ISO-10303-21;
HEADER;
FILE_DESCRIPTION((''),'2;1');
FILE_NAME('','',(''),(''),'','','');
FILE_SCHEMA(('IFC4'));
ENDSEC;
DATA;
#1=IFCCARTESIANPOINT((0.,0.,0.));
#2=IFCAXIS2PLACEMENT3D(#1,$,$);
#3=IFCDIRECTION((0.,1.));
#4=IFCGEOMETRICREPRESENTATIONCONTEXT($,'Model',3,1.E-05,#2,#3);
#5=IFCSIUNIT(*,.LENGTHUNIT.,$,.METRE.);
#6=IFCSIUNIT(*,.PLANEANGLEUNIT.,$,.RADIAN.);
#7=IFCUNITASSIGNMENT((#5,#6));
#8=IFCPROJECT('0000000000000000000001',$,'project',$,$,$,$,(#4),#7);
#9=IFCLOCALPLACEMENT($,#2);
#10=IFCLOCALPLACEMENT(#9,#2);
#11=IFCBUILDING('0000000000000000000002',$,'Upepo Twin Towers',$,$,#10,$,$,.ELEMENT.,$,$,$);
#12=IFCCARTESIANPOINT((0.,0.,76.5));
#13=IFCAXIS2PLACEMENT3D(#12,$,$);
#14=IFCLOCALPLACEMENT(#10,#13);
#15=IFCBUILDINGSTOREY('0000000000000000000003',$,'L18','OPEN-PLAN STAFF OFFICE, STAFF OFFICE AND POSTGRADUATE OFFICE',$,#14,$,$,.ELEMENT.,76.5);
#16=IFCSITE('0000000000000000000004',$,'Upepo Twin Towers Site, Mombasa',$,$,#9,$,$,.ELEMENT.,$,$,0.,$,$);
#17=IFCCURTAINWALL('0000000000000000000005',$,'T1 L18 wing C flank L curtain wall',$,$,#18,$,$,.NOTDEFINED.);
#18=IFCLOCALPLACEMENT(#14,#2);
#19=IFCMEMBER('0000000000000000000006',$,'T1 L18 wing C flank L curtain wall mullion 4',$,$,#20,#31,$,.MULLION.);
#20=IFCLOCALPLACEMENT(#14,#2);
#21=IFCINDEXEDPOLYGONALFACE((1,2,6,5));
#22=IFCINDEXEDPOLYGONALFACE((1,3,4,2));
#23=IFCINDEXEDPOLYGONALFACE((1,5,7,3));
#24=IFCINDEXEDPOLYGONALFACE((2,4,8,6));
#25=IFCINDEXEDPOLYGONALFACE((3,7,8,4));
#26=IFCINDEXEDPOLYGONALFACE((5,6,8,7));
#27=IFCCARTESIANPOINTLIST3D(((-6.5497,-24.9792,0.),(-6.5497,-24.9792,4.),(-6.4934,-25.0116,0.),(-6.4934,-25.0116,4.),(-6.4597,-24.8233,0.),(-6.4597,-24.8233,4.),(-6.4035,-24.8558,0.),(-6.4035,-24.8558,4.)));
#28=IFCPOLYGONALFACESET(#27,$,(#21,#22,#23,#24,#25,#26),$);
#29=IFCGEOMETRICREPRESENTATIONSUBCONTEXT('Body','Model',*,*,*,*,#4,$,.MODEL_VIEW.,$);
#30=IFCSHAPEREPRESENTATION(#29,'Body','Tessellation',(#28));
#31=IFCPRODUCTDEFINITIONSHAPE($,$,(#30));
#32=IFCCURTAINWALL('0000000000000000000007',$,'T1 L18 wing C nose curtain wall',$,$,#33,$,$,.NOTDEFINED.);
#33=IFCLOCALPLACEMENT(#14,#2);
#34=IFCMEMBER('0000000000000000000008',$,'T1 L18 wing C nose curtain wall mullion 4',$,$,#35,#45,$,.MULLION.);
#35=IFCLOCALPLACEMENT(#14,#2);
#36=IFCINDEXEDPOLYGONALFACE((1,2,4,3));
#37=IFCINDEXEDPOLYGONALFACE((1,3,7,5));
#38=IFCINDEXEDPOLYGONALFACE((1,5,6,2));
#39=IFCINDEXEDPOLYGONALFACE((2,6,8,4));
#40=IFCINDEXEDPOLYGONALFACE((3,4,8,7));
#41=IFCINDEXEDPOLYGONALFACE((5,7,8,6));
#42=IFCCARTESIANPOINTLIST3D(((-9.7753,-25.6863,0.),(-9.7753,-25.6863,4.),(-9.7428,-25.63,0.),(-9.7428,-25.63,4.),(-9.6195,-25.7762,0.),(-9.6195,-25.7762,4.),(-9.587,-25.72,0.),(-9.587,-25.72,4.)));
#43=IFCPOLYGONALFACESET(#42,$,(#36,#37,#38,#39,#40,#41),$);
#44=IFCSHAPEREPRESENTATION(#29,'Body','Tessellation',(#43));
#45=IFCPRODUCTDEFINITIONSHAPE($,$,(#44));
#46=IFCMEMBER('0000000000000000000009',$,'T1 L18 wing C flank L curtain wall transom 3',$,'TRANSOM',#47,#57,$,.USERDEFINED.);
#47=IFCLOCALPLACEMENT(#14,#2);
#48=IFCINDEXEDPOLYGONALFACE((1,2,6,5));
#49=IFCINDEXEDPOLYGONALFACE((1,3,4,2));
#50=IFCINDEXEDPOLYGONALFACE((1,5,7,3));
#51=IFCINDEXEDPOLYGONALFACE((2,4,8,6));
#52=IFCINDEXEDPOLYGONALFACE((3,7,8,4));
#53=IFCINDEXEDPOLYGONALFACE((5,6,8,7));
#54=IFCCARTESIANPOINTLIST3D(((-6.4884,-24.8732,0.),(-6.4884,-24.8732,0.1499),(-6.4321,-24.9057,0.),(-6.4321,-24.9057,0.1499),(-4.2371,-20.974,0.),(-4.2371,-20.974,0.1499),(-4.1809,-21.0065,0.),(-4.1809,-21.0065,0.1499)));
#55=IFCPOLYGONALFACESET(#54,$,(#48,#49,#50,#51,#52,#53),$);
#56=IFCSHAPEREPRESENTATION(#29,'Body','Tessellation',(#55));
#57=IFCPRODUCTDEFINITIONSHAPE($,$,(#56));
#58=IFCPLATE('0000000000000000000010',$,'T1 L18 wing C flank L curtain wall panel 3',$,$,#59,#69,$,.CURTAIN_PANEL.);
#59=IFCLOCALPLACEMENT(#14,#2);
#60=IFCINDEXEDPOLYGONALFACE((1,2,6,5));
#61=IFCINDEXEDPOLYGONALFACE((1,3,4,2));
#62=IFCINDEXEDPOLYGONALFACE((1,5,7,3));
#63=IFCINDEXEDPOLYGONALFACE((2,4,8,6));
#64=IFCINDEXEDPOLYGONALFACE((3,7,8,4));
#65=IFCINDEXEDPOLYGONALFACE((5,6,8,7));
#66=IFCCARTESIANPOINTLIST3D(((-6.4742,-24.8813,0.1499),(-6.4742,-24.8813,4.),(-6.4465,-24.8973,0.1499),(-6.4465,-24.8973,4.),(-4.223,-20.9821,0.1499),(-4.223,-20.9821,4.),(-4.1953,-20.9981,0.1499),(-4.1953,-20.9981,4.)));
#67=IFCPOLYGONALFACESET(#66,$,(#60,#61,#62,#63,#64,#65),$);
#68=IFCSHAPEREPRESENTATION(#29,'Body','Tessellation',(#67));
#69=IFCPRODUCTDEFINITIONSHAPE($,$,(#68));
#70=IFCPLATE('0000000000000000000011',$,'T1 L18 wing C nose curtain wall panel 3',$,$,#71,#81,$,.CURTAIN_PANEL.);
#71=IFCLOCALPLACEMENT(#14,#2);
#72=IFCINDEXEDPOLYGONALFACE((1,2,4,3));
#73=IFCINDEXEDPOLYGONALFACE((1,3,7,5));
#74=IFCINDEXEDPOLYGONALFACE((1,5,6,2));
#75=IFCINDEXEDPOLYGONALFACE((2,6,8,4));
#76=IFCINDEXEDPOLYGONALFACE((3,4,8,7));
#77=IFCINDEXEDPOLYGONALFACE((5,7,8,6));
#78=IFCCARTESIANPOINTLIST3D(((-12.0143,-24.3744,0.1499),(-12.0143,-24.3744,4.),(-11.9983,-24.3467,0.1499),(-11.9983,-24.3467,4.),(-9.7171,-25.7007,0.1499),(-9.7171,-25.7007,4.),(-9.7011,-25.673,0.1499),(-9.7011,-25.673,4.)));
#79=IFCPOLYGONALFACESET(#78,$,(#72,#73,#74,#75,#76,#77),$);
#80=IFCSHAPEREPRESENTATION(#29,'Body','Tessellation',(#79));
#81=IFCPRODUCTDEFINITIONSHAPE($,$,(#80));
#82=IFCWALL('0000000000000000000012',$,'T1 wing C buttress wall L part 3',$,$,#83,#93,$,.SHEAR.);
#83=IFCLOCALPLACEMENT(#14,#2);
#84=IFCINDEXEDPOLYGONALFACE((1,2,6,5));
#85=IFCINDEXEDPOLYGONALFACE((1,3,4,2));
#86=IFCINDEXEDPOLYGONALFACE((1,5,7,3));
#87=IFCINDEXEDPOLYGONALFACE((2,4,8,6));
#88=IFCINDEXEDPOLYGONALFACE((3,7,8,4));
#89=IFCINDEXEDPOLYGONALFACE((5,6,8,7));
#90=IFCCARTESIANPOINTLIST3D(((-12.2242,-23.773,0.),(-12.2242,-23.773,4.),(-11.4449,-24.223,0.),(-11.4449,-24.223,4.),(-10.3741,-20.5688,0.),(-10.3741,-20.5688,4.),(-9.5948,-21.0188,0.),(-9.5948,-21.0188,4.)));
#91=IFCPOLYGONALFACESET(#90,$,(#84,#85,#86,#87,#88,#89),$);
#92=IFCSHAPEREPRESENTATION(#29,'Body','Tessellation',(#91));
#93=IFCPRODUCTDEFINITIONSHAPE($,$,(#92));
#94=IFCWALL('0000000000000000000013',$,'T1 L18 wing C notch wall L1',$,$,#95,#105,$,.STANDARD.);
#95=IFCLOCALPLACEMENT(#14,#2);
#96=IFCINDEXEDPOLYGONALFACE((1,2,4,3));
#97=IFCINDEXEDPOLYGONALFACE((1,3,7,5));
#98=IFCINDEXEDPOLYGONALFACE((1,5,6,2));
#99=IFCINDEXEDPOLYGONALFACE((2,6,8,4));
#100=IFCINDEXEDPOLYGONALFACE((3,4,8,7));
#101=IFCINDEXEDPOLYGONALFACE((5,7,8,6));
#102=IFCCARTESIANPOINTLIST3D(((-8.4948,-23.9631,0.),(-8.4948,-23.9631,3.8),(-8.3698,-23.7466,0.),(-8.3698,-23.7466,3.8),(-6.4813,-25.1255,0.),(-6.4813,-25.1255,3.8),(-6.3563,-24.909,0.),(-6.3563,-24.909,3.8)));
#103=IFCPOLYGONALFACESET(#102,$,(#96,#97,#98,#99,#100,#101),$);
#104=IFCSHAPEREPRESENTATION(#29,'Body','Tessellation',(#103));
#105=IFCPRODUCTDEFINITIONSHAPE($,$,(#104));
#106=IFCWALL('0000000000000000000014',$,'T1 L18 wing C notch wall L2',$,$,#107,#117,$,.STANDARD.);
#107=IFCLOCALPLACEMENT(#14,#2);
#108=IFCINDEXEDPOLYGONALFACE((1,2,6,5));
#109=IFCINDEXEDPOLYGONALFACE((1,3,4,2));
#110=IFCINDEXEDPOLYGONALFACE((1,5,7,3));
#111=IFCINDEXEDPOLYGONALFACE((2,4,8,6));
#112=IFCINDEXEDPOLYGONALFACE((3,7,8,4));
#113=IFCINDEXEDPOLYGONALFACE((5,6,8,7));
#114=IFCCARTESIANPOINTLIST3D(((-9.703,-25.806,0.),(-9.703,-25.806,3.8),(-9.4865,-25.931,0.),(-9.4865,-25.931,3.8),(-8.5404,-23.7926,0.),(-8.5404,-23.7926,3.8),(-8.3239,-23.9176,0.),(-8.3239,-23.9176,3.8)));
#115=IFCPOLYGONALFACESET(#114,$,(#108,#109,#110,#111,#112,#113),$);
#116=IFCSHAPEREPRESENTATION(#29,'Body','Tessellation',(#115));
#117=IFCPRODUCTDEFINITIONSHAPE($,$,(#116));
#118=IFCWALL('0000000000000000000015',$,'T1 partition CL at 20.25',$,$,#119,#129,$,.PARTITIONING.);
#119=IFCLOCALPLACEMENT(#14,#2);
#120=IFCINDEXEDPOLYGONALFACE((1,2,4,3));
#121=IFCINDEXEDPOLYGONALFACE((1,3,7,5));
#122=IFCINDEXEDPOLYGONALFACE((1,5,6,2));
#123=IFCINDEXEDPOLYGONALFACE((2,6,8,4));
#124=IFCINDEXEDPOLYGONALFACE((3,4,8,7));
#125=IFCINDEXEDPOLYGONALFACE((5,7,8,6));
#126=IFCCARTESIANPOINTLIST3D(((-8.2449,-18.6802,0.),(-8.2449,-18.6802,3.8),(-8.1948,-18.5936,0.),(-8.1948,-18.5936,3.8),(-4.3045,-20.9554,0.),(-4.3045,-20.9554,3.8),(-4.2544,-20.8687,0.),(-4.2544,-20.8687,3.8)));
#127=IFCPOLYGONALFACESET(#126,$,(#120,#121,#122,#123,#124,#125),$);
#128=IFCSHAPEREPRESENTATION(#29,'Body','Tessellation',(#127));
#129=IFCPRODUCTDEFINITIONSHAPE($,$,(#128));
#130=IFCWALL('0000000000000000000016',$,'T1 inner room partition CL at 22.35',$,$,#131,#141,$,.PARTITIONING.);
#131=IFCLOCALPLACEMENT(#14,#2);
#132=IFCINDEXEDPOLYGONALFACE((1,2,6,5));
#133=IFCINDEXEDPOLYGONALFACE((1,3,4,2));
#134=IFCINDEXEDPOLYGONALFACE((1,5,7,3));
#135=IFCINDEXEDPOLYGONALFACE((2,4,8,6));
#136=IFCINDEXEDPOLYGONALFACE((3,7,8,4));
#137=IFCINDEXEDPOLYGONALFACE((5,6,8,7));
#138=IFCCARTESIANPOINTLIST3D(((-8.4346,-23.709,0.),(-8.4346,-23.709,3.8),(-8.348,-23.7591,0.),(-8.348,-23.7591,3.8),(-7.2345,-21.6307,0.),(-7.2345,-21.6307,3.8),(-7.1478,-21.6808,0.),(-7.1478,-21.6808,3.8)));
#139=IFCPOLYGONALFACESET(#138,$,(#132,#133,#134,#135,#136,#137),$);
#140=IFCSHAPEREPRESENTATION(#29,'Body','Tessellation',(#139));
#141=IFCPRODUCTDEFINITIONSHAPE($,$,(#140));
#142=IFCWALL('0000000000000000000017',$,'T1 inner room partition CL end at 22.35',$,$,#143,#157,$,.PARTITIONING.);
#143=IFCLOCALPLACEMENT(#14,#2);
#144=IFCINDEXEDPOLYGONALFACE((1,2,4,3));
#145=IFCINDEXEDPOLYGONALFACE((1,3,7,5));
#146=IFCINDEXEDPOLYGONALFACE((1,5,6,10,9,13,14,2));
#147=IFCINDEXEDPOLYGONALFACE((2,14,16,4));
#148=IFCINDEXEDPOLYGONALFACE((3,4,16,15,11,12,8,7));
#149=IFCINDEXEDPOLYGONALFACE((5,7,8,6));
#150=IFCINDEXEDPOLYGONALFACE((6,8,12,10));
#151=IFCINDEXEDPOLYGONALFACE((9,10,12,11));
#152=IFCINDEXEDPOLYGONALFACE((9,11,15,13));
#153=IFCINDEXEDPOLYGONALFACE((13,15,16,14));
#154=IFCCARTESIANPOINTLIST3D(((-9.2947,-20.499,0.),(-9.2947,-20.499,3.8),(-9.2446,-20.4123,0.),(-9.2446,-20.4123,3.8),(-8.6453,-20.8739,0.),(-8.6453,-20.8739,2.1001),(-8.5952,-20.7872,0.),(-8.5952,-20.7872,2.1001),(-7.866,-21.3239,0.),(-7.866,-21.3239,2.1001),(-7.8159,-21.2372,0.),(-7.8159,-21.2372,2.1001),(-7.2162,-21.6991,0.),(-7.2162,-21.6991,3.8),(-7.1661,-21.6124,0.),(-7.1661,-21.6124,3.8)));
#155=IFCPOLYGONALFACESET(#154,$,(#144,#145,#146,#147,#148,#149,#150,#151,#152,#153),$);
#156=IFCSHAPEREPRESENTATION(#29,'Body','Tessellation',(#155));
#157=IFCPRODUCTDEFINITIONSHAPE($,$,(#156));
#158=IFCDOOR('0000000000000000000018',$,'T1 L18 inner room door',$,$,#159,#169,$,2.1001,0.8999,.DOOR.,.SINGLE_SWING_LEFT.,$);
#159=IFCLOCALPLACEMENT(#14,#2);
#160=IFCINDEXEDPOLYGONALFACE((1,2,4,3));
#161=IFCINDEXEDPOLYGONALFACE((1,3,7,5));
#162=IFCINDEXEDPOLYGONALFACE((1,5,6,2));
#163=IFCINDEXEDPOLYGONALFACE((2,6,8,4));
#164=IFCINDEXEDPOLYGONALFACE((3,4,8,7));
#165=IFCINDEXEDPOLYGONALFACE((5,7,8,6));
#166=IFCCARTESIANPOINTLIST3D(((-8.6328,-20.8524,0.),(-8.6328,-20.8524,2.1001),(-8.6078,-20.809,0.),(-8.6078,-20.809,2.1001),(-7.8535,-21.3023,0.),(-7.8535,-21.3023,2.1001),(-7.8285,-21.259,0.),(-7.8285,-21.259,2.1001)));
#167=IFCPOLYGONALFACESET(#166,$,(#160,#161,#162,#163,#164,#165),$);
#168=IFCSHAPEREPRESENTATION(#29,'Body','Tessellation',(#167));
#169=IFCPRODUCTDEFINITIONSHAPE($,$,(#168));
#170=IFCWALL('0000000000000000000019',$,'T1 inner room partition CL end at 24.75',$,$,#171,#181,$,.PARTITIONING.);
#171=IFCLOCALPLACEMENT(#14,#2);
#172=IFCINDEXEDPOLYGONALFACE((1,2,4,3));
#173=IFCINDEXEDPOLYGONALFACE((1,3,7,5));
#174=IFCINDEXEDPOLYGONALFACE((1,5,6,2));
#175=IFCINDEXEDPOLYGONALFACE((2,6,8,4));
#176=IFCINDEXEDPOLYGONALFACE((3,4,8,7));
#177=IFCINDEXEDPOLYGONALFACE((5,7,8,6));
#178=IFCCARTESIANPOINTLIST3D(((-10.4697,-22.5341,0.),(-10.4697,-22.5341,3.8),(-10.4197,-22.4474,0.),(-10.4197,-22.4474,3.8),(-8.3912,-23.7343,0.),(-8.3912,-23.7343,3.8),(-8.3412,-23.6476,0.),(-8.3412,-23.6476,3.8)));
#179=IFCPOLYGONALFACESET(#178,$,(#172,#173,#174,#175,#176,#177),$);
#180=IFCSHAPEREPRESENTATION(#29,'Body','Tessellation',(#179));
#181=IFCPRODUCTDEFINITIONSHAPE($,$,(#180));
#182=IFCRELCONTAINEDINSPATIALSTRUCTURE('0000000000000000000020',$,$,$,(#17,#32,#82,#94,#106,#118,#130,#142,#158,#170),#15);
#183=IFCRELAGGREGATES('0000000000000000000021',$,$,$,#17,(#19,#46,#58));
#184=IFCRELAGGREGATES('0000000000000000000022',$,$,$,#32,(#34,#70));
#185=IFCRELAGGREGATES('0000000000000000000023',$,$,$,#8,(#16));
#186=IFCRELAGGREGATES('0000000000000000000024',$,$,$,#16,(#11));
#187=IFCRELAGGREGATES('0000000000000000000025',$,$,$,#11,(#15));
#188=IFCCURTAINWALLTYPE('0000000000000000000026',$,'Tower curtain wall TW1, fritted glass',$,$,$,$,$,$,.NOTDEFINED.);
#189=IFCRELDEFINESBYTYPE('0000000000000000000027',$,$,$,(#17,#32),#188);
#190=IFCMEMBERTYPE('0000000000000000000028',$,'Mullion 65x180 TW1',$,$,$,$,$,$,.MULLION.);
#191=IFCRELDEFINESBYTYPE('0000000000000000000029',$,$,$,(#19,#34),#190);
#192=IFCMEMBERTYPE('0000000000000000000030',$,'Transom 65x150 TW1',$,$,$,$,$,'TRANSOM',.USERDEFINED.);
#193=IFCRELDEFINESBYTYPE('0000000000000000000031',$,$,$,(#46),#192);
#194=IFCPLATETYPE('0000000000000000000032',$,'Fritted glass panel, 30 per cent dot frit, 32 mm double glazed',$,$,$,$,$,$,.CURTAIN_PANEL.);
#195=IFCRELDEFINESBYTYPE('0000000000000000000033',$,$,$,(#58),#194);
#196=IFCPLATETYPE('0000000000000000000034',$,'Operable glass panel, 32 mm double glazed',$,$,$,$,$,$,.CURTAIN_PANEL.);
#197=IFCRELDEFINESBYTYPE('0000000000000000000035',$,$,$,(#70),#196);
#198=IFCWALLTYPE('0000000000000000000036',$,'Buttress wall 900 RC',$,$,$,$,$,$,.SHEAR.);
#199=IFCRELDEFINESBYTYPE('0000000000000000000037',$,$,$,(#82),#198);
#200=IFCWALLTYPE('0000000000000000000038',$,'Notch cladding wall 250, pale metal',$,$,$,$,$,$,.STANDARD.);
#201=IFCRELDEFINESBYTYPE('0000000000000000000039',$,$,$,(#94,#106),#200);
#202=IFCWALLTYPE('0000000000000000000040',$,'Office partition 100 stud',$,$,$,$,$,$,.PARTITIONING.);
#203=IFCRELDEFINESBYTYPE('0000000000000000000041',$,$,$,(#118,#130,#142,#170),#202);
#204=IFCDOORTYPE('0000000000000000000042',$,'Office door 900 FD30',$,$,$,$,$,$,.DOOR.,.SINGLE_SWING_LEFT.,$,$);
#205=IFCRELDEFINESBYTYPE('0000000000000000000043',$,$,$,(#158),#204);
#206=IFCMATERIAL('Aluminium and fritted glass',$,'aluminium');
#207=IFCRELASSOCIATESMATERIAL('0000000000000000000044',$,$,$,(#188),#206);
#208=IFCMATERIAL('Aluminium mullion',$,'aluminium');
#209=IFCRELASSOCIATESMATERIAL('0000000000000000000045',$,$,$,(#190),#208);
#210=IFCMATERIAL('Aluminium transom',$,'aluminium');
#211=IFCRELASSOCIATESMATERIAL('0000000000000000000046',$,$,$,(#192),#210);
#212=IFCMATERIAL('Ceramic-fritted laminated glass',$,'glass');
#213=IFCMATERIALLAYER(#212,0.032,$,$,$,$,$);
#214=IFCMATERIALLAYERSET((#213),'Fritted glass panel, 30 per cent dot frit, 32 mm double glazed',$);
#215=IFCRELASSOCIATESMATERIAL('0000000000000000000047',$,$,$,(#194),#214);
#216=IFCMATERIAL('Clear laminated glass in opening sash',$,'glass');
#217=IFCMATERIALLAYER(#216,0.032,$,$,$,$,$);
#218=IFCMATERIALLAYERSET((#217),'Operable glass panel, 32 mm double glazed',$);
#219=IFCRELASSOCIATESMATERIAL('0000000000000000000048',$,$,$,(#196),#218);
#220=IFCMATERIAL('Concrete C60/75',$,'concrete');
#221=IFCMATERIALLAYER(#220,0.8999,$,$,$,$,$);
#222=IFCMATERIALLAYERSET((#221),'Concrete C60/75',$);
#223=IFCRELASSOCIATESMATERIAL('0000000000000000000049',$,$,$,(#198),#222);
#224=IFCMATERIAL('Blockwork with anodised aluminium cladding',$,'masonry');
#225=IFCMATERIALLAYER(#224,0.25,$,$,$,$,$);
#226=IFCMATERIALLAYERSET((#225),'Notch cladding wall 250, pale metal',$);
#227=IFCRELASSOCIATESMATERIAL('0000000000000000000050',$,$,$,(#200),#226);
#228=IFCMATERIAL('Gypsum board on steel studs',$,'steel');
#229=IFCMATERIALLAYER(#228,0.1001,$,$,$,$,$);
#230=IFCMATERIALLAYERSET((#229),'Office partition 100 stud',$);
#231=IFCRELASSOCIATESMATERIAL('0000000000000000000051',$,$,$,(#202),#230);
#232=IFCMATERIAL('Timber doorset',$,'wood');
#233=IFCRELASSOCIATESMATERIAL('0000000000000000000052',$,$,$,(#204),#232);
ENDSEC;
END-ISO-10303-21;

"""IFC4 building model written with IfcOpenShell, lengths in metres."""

from ifc_helpers import new_model, si_unit, direction, frame, frame_2d, origin, origin_2d, place, context, subcontext, project, spatial, rectangle, extrude, material, layer, layer_set, material_profile, profile_set, type_object, element, fill, aggregate, save


model = new_model("IFC4")

# Units and contexts
model_context = context("Model", 3, precision=1e-05, world=origin(), true_north=direction((0.0, 1.0)))
body_context = subcontext(model_context, "Body", "Model", "MODEL_VIEW")
ifc_project = project(units=[si_unit("LENGTHUNIT", "METRE"), si_unit("PLANEANGLEUNIT", "RADIAN")], contexts=[model_context])

# Site, building, storey
site_placement = place(None, origin())
site = spatial("IfcSite", under=ifc_project, at=site_placement, Name="Upepo Twin Towers Site, Mombasa", CompositionType="ELEMENT", RefElevation=0.0)
building_placement = place(site_placement, origin())
building = spatial("IfcBuilding", under=site, at=building_placement, Name="Upepo Twin Towers", CompositionType="ELEMENT")
storey_placement = place(building_placement, frame((0.0, 0.0, 76.5)))
storey = spatial("IfcBuildingStorey", under=building, at=storey_placement, Name="L18", Description="OPEN-PLAN STAFF OFFICE, STAFF OFFICE AND POSTGRADUATE OFFICE", CompositionType="ELEMENT", Elevation=76.5)

# Curtain wall, member
ifc_material_1 = material(Name="Aluminium and fritted glass", Category="aluminium")
curtain_wall_type = type_object("IfcCurtainWallType", Name="Tower curtain wall TW1, fritted glass", PredefinedType="NOTDEFINED", material=ifc_material_1)
curtain_wall_1_placement = place(storey_placement, origin())
curtain_wall_1 = element("IfcCurtainWall", 1, at=curtain_wall_1_placement, inside=storey, type_object=curtain_wall_type, Name="T1 L18 wing C flank L curtain wall", PredefinedType="NOTDEFINED")
ifc_material_2 = material(Name="Aluminium mullion", Category="aluminium")
ifc_material_profile_1 = material_profile(ifc_material_2, rectangle(XDim=0.0649, YDim=0.1799, at=origin_2d()), Name="MULLION 65x180")
ifc_profile_set_1 = profile_set([ifc_material_profile_1], Name="Aluminium mullion")
member_type_1 = type_object("IfcMemberType", Name="Mullion 65x180 TW1", PredefinedType="MULLION", material=ifc_profile_set_1)
member_1_placement = place(storey_placement, frame((-6.4766, -24.9175, 0.0), z_axis=(0.0, 0.0, 1.0), x_axis=(0.866025, -0.5, 0.0)))
member_1 = element("IfcMember", 2, at=member_1_placement, type_object=member_type_1, Name="T1 L18 wing C flank L curtain wall mullion 4", PredefinedType="MULLION", context=body_context, shape_type="SweptSolid", body=[
    extrude(rectangle(XDim=0.0649, YDim=0.1799, at=origin_2d()), origin(), (0.0, 0.0, 1.0), 4.0),
])

# Curtain wall, member
curtain_wall_2_placement = place(storey_placement, origin())
curtain_wall_2 = element("IfcCurtainWall", 3, at=curtain_wall_2_placement, inside=storey, type_object=curtain_wall_type, Name="T1 L18 wing C nose curtain wall", PredefinedType="NOTDEFINED")
member_2_placement = place(storey_placement, frame((-9.6812, -25.7031, 0.0), z_axis=(0.0, 0.0, 1.0), x_axis=(0.5, 0.866025, 0.0)))
member_2 = element("IfcMember", 4, at=member_2_placement, type_object=member_type_1, Name="T1 L18 wing C nose curtain wall mullion 4", PredefinedType="MULLION", context=body_context, shape_type="SweptSolid", body=[
    extrude(rectangle(XDim=0.0649, YDim=0.1799, at=origin_2d()), origin(), (0.0, 0.0, 1.0), 4.0),
])

# Member
ifc_material_3 = material(Name="Aluminium transom", Category="aluminium")
ifc_material_profile_2 = material_profile(ifc_material_3, rectangle(XDim=0.0649, YDim=0.1499, at=origin_2d()), Name="TRANSOM 65x150")
ifc_profile_set_2 = profile_set([ifc_material_profile_2], Name="Aluminium transom")
member_type_2 = type_object("IfcMemberType", Name="Transom 65x150 TW1", ElementType="TRANSOM", PredefinedType="USERDEFINED", material=ifc_profile_set_2)
member_3_placement = place(storey_placement, frame((-4.209, -20.9902, 0.075), z_axis=(-0.500006, -0.866022, 0.0), x_axis=(0.866022, -0.500006, 0.0)))
member_3 = element("IfcMember", 5, at=member_3_placement, type_object=member_type_2, Name="T1 L18 wing C flank L curtain wall transom 3", ObjectType="TRANSOM", PredefinedType="USERDEFINED", context=body_context, shape_type="SweptSolid", body=[
    extrude(rectangle(XDim=0.0649, YDim=0.1499, at=origin_2d()), origin(), (0.0, 0.0, 1.0), 4.5024),
])

# Plates
ifc_material_4 = material(Name="Ceramic-fritted laminated glass", Category="glass")
ifc_layer_1 = layer(ifc_material_4, 0.032)
ifc_layer_set_1 = layer_set([ifc_layer_1], Name="Fritted glass panel, 30 per cent dot frit, 32 mm double glazed")
plate_type_1 = type_object("IfcPlateType", Name="Fritted glass panel, 30 per cent dot frit, 32 mm double glazed", PredefinedType="CURTAIN_PANEL", material=ifc_layer_set_1)
plate_1_placement = place(storey_placement, frame((-5.3347, -22.9397, 0.1499), z_axis=(0.0, 0.0, 1.0), x_axis=(-0.5, -0.866025, 0.0)))
plate_1 = element("IfcPlate", 6, at=plate_1_placement, type_object=plate_type_1, Name="T1 L18 wing C flank L curtain wall panel 3", PredefinedType="CURTAIN_PANEL", context=body_context, shape_type="SweptSolid", body=[
    extrude(rectangle(XDim=4.5024, YDim=0.032, at=origin_2d()), origin(), (0.0, 0.0, 1.0), 3.8501),
])
aggregate(curtain_wall_1, [member_1, member_3, plate_1])
ifc_material_5 = material(Name="Clear laminated glass in opening sash", Category="glass")
ifc_layer_2 = layer(ifc_material_5, 0.032)
ifc_layer_set_2 = layer_set([ifc_layer_2], Name="Operable glass panel, 32 mm double glazed")
plate_type_2 = type_object("IfcPlateType", Name="Operable glass panel, 32 mm double glazed", PredefinedType="CURTAIN_PANEL", material=ifc_layer_set_2)
plate_2_placement = place(storey_placement, frame((-10.8577, -25.0237, 0.1499), z_axis=(0.0, 0.0, 1.0), x_axis=(0.866025, -0.5, 0.0)))
plate_2 = element("IfcPlate", 7, at=plate_2_placement, type_object=plate_type_2, Name="T1 L18 wing C nose curtain wall panel 3", PredefinedType="CURTAIN_PANEL", context=body_context, shape_type="SweptSolid", body=[
    extrude(rectangle(XDim=2.6526, YDim=0.032, at=origin_2d()), origin(), (0.0, 0.0, 1.0), 3.8501),
])
aggregate(curtain_wall_2, [member_2, plate_2])

# Walls
ifc_material_6 = material(Name="Concrete C60/75", Category="concrete")
ifc_layer_3 = layer(ifc_material_6, 0.8999)
ifc_layer_set_3 = layer_set([ifc_layer_3], Name="Concrete C60/75")
wall_type_1 = type_object("IfcWallType", Name="Buttress wall 900 RC", PredefinedType="SHEAR", material=ifc_layer_set_3)
wall_1_placement = place(storey_placement, frame((-9.9844, -20.7937, 0.0), z_axis=(0.0, 0.0, 1.0), x_axis=(-0.500042, -0.866001, 0.0)))
element("IfcWall", 8, at=wall_1_placement, inside=storey, type_object=wall_type_1, Name="T1 wing C buttress wall L part 3", PredefinedType="SHEAR", context=body_context, shape_type="SweptSolid", body=[
    extrude(rectangle(XDim=3.7, YDim=0.8999, at=frame_2d((1.8501, 0.0))), origin(), (0.0, 0.0, 1.0), 4.0),
])
ifc_material_7 = material(Name="Blockwork with anodised aluminium cladding", Category="masonry")
ifc_layer_4 = layer(ifc_material_7, 0.25)
ifc_layer_set_4 = layer_set([ifc_layer_4], Name="Notch cladding wall 250, pale metal")
wall_type_2 = type_object("IfcWallType", Name="Notch cladding wall 250, pale metal", PredefinedType="STANDARD", material=ifc_layer_set_4)
for number, where, z_axis, x_axis, name in (
    (9, (-6.4187, -25.0173, 0.0), (0.0, 0.0, 1.0), (-0.866044, 0.499968, 0.0), "T1 L18 wing C notch wall L1"),
    (10, (-8.4321, -23.855, 0.0), (0.0, 0.0, 1.0), (-0.500047, -0.865998, 0.0), "T1 L18 wing C notch wall L2"),
):
    element("IfcWall", number, at=place(storey_placement, frame(where, z_axis=z_axis, x_axis=x_axis)), inside=storey, type_object=wall_type_2, Name=name, PredefinedType="STANDARD", context=body_context, shape_type="SweptSolid", body=[
        extrude(rectangle(XDim=2.325, YDim=0.25, at=frame_2d((1.1626, 0.0))), origin(), (0.0, 0.0, 1.0), 3.8),
    ])
ifc_material_8 = material(Name="Gypsum board on steel studs", Category="steel")
ifc_layer_5 = layer(ifc_material_8, 0.1001)
ifc_layer_set_5 = layer_set([ifc_layer_5], Name="Office partition 100 stud")
wall_type_3 = type_object("IfcWallType", Name="Office partition 100 stud", PredefinedType="PARTITIONING", material=ifc_layer_set_5)
wall_2_placement = place(storey_placement, frame((-8.2197, -18.637, 0.0), z_axis=(0.0, 0.0, 1.0), x_axis=(0.866012, -0.500023, 0.0)))
element("IfcWall", 11, at=wall_2_placement, inside=storey, type_object=wall_type_3, Name="T1 partition CL at 20.25", PredefinedType="PARTITIONING", context=body_context, shape_type="SweptSolid", body=[
    extrude(rectangle(XDim=4.55, YDim=0.1001, at=frame_2d((2.2749, 0.0))), origin(), (0.0, 0.0, 1.0), 3.8),
])
wall_3_placement = place(storey_placement, frame((-7.1912, -21.6558, 0.0), z_axis=(0.0, 0.0, 1.0), x_axis=(-0.500078, -0.865981, 0.0)))
element("IfcWall", 12, at=wall_3_placement, inside=storey, type_object=wall_type_3, Name="T1 inner room partition CL at 22.35", PredefinedType="PARTITIONING", context=body_context, shape_type="SweptSolid", body=[
    extrude(rectangle(XDim=2.3999, YDim=0.1001, at=frame_2d((1.2, 0.0))), origin(), (0.0, 0.0, 1.0), 3.8),
])

# Wall, opening, door
wall_4_placement = place(storey_placement, frame((-9.2698, -20.4556, 0.0), z_axis=(0.0, 0.0, 1.0), x_axis=(0.866006, -0.500034, 0.0)))
wall_4 = element("IfcWall", 13, at=wall_4_placement, inside=storey, type_object=wall_type_3, Name="T1 inner room partition CL end at 22.35", PredefinedType="PARTITIONING", context=body_context, shape_type="SweptSolid", body=[
    extrude(rectangle(XDim=2.4001, YDim=0.1001, at=frame_2d((1.2002, 0.0))), origin(), (0.0, 0.0, 1.0), 3.8),
])
opening_placement = place(wall_4_placement, frame((0.75, 0.0, 0.0)))
opening = element("IfcOpeningElement", 14, at=opening_placement, cuts=wall_4, PredefinedType="OPENING", context=body_context, shape_type="SweptSolid", body=[
    extrude(rectangle(XDim=0.8999, YDim=2.1001, at=frame_2d((0.45, 1.05))), frame((0.0, 0.0601, 0.0), z_axis=(0.0, -1.0, 0.0), x_axis=(1.0, 0.0, 0.0)), (0.0, 0.0, 1.0), 0.1201),
])
ifc_material_9 = material(Name="Timber doorset", Category="wood")
door_type = type_object("IfcDoorType", Name="Office door 900 FD30", OperationType="SINGLE_SWING_LEFT", PredefinedType="DOOR", material=ifc_material_9)
door_placement = place(opening_placement, origin())
door = element("IfcDoor", 15, at=door_placement, inside=storey, type_object=door_type, Name="T1 L18 inner room door", OperationType="SINGLE_SWING_LEFT", OverallHeight=2.1001, OverallWidth=0.8999, PredefinedType="DOOR", context=body_context, shape_type="SweptSolid", body=[
    extrude(rectangle(XDim=0.8999, YDim=2.1001, at=frame_2d((0.45, 1.05))), frame((0.0, 0.0249, 0.0), z_axis=(0.0, -1.0, 0.0), x_axis=(1.0, 0.0, 0.0)), (0.0, 0.0, 1.0), 0.05),
])
fill(opening, door)

# Wall
wall_5_placement = place(storey_placement, frame((-10.4448, -22.4907, 0.0), z_axis=(0.0, 0.0, 1.0), x_axis=(0.866006, -0.500034, 0.0)))
element("IfcWall", 16, at=wall_5_placement, inside=storey, type_object=wall_type_3, Name="T1 inner room partition CL end at 24.75", PredefinedType="PARTITIONING", context=body_context, shape_type="SweptSolid", body=[
    extrude(rectangle(XDim=2.4001, YDim=0.1001, at=frame_2d((1.2002, 0.0))), origin(), (0.0, 0.0, 1.0), 3.8),
])

save(model, "model.ifc")
